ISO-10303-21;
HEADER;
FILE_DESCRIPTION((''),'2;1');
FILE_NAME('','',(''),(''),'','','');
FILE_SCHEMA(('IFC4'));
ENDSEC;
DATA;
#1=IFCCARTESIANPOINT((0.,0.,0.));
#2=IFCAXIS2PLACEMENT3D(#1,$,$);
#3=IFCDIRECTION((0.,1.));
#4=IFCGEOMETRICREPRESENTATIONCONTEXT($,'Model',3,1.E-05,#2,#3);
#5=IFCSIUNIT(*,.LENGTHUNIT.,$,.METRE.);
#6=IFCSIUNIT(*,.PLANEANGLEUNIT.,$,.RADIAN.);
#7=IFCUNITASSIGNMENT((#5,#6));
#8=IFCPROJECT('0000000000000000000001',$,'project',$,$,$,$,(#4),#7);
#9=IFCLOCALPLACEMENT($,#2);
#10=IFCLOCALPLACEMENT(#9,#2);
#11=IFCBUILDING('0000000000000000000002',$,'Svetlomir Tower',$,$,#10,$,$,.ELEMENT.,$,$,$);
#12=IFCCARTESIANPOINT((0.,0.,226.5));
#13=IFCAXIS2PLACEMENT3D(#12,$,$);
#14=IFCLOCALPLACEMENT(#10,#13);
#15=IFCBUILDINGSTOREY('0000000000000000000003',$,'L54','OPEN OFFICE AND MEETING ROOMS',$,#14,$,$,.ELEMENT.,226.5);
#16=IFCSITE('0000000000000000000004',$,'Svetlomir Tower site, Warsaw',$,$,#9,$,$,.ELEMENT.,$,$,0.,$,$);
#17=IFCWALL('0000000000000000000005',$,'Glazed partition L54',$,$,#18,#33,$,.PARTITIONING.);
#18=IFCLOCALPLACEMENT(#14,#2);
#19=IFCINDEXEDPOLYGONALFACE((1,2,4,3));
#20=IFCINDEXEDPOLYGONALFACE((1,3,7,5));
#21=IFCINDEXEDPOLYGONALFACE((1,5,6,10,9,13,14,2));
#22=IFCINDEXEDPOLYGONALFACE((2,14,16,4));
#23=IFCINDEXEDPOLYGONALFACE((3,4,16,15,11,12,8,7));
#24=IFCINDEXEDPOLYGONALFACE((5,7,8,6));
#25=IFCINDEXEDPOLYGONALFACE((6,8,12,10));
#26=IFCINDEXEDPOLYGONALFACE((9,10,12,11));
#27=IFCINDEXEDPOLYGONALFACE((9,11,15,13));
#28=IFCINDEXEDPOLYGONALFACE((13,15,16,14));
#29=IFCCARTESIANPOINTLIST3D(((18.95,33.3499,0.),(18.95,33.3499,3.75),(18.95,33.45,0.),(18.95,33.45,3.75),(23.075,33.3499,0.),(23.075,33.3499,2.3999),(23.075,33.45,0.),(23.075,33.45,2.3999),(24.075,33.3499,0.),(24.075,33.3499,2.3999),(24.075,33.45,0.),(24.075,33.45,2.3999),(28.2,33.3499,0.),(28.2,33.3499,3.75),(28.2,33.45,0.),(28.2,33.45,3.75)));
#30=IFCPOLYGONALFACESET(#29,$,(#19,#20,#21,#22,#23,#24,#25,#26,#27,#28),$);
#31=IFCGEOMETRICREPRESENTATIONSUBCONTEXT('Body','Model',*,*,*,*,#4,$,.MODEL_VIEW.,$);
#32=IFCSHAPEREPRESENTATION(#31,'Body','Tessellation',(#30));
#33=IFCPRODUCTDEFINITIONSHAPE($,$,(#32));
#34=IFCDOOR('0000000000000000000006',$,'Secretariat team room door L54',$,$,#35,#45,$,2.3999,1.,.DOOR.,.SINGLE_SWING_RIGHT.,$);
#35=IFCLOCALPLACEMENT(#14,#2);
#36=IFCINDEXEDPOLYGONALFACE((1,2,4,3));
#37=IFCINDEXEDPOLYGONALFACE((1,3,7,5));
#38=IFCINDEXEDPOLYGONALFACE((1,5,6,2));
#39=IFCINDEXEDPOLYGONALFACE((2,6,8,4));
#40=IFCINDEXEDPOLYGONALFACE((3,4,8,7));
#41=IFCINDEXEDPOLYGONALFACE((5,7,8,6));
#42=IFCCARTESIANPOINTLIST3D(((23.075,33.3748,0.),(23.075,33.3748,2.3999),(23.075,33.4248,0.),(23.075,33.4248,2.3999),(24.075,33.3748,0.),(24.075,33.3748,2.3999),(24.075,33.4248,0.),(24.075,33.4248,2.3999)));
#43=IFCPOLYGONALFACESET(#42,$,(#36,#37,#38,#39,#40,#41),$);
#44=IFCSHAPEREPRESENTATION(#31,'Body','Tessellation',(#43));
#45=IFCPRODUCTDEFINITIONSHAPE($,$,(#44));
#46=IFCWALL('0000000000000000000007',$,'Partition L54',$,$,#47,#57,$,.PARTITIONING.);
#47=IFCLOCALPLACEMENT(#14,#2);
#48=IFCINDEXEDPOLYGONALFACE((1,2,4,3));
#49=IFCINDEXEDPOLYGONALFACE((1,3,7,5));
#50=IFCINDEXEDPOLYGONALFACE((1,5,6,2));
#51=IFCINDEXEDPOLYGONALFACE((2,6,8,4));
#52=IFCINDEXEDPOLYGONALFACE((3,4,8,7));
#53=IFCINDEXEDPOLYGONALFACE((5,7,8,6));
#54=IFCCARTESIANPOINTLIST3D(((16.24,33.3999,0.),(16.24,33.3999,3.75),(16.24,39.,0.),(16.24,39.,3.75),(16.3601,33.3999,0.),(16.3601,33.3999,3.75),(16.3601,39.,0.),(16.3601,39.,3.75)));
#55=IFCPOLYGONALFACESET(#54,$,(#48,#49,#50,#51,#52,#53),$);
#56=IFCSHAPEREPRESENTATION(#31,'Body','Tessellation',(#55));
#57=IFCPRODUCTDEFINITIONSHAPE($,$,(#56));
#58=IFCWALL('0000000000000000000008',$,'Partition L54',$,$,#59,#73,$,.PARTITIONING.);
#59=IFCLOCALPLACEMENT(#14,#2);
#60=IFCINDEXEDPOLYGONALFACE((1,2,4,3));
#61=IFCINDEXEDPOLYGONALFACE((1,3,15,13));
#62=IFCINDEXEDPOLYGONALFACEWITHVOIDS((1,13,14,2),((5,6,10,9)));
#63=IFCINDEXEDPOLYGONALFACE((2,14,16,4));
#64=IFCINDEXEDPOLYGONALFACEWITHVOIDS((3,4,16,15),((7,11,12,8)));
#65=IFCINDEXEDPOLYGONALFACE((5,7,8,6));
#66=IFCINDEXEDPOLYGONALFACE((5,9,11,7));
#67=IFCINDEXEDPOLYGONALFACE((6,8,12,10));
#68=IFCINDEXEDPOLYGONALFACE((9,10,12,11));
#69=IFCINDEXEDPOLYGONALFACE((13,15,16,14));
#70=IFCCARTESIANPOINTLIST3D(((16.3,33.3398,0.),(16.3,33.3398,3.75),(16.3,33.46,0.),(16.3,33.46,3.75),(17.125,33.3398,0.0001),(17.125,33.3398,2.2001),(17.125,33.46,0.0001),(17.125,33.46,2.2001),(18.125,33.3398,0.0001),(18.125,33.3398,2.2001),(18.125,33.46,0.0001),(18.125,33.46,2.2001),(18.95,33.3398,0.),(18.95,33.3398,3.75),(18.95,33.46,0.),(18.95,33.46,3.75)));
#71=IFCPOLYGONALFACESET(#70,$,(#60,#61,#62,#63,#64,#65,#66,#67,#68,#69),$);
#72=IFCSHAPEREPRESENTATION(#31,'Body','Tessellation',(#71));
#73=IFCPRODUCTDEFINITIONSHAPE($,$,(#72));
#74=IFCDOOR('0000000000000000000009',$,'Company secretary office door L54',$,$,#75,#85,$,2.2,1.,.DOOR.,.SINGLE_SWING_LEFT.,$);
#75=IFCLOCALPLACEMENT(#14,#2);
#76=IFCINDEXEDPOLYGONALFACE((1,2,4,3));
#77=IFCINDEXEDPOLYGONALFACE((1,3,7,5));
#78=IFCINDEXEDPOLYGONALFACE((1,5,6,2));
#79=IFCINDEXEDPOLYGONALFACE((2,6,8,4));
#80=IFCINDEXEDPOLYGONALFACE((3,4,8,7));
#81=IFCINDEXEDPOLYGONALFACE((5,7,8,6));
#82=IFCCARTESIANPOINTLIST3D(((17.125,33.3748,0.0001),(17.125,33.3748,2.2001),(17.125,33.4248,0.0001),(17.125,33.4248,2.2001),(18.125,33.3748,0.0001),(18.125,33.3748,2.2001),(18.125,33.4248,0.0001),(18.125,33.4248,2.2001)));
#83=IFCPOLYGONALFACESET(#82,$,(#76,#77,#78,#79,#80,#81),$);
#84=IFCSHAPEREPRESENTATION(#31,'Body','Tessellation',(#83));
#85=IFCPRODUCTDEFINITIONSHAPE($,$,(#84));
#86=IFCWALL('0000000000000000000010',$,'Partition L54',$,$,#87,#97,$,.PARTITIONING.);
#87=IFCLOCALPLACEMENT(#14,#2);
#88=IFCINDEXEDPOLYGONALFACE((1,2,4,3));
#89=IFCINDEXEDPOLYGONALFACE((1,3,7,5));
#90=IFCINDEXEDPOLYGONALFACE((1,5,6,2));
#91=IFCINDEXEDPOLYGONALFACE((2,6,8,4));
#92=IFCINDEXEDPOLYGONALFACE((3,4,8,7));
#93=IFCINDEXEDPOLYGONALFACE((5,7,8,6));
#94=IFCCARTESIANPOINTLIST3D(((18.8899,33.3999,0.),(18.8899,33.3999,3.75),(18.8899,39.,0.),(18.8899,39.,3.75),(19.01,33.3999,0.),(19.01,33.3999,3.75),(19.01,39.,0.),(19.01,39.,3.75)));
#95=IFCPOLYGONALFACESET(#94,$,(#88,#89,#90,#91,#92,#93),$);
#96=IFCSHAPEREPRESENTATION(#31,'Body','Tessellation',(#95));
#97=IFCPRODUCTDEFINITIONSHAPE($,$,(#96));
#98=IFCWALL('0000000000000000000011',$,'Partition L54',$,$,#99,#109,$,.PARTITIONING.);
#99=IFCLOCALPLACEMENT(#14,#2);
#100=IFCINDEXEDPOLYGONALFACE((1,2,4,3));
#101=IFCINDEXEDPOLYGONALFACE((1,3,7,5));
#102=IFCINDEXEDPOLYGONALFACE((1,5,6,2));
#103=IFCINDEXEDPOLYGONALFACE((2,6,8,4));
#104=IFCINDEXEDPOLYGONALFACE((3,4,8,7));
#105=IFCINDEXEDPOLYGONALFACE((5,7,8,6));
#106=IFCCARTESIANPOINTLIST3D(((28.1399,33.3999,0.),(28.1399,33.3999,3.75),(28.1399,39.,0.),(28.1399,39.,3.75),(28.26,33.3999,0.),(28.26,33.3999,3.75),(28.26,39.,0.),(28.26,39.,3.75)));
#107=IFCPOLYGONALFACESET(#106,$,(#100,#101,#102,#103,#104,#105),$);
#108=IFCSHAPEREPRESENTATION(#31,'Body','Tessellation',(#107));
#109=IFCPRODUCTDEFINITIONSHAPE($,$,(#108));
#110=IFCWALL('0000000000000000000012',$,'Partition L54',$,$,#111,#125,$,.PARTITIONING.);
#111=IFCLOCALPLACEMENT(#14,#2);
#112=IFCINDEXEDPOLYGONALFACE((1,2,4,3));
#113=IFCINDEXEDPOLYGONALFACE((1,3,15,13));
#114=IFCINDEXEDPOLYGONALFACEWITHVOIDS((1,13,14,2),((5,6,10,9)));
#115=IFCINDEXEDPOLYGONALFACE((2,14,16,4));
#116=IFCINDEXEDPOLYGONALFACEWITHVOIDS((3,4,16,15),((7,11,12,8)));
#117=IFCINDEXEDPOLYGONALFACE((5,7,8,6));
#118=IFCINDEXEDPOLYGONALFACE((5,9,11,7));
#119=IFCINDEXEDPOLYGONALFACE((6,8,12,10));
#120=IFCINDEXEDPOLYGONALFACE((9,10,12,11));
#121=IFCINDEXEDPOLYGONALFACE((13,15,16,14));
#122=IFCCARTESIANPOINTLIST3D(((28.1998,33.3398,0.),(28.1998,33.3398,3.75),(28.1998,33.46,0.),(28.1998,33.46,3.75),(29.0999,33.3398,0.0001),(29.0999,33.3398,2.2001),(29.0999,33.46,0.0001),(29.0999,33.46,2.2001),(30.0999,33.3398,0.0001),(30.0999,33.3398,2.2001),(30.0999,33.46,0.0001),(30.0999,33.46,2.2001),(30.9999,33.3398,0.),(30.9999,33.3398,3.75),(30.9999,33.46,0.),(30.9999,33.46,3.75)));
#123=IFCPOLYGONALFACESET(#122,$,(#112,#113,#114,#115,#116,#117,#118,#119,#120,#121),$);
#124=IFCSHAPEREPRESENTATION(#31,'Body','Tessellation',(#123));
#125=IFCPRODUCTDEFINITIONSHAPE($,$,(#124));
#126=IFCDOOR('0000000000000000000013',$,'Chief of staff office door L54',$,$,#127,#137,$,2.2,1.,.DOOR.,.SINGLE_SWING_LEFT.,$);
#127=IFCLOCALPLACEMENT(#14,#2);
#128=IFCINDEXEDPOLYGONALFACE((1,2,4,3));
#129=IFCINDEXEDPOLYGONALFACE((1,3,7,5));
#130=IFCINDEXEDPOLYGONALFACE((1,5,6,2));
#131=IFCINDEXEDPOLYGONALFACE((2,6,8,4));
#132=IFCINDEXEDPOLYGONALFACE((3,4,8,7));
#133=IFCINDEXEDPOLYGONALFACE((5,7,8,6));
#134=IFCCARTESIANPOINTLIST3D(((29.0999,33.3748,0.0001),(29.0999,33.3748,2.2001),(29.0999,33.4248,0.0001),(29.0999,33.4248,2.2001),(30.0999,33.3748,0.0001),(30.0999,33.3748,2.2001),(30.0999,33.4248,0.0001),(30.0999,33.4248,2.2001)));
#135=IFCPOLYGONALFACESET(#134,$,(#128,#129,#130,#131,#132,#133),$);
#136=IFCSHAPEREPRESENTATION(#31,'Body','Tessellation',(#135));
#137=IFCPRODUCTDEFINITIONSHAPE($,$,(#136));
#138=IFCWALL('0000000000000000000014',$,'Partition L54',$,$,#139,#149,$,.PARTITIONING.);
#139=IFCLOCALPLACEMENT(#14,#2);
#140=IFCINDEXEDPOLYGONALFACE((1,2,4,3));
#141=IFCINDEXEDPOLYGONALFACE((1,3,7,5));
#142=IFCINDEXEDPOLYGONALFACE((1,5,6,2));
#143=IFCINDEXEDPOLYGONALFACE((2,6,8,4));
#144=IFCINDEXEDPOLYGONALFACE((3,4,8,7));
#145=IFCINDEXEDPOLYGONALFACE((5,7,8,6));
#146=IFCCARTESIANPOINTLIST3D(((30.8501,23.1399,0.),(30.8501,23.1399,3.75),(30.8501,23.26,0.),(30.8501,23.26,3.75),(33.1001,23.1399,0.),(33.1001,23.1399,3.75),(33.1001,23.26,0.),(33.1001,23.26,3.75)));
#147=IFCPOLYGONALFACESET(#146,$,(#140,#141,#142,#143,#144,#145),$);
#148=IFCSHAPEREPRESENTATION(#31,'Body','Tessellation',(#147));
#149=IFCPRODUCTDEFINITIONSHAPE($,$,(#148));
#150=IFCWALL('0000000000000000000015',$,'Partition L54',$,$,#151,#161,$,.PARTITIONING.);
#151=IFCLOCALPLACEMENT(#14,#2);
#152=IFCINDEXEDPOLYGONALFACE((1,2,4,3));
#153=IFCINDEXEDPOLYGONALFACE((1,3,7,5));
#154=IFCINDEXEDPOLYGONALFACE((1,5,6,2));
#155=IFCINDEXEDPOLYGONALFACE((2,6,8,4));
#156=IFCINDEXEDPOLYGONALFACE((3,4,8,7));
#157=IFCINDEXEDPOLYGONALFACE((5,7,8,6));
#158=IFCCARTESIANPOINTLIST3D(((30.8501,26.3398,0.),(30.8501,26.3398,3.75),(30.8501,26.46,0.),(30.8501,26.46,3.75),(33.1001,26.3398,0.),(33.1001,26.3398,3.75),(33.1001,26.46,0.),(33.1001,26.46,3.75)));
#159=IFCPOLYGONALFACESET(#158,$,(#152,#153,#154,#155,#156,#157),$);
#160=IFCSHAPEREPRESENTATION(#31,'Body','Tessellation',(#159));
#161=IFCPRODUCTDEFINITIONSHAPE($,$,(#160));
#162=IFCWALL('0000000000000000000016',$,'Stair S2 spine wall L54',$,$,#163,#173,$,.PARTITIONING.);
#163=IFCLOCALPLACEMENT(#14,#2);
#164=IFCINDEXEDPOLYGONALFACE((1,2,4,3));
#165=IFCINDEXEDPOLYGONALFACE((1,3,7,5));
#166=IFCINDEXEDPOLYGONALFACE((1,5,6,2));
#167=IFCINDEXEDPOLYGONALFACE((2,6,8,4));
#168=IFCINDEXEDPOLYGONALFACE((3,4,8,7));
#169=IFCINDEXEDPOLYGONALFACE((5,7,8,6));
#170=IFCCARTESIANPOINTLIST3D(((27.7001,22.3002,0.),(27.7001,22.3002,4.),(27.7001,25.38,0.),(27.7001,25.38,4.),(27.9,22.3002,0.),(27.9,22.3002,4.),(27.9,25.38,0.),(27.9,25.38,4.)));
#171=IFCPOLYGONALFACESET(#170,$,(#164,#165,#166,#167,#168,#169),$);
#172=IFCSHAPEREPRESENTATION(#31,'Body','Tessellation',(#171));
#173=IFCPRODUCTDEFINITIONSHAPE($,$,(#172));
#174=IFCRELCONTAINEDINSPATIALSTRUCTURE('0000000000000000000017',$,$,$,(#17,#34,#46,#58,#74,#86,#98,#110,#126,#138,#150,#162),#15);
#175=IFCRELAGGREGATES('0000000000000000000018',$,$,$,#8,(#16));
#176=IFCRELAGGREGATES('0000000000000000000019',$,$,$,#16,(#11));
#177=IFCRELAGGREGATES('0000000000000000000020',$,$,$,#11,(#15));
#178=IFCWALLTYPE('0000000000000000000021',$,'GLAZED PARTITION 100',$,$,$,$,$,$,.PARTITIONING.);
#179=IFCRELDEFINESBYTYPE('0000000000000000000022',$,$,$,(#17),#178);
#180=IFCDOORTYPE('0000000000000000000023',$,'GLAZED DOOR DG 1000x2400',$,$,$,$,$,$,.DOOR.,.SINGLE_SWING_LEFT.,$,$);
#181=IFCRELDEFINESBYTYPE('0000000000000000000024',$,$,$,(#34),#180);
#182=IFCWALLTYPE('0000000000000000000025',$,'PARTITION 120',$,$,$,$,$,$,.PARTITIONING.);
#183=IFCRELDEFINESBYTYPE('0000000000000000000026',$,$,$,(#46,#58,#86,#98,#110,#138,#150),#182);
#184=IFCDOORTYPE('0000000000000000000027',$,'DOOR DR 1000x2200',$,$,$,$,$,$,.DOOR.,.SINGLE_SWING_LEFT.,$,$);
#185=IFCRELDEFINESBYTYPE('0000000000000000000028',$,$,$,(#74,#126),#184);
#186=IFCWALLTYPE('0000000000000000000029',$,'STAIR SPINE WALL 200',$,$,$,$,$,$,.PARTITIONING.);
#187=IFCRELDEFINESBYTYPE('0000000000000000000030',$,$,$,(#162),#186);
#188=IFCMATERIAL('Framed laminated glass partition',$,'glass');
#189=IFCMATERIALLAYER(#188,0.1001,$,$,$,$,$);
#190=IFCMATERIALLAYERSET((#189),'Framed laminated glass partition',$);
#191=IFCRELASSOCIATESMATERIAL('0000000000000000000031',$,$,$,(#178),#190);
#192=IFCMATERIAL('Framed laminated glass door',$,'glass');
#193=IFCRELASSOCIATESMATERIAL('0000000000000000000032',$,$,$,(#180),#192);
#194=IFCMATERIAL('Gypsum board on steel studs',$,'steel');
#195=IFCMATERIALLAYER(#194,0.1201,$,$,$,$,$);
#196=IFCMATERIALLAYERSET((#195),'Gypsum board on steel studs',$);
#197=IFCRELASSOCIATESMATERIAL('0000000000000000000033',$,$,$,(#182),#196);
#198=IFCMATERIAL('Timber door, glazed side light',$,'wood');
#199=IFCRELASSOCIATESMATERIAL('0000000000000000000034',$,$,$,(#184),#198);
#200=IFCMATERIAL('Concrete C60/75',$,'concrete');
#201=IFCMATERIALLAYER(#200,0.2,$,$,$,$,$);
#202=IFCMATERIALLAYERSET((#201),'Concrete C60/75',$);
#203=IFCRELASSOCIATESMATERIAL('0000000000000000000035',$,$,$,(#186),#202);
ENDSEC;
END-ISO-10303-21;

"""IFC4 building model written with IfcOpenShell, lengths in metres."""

from ifc_helpers import new_model, si_unit, direction, frame, frame_2d, origin, place, context, subcontext, project, spatial, rectangle, extrude, material, layer, layer_set, type_object, element, fill, save


model = new_model("IFC4")

# Units and contexts
model_context = context("Model", 3, precision=1e-05, world=origin(), true_north=direction((0.0, 1.0)))
body_context = subcontext(model_context, "Body", "Model", "MODEL_VIEW")
ifc_project = project(units=[si_unit("LENGTHUNIT", "METRE"), si_unit("PLANEANGLEUNIT", "RADIAN")], contexts=[model_context])

# Site, building, storey
site_placement = place(None, origin())
site = spatial("IfcSite", under=ifc_project, at=site_placement, Name="Svetlomir Tower site, Warsaw", CompositionType="ELEMENT", RefElevation=0.0)
building_placement = place(site_placement, origin())
building = spatial("IfcBuilding", under=site, at=building_placement, Name="Svetlomir Tower", CompositionType="ELEMENT")
storey_placement = place(building_placement, frame((0.0, 0.0, 226.5)))
storey = spatial("IfcBuildingStorey", under=building, at=storey_placement, Name="L54", Description="OPEN OFFICE AND MEETING ROOMS", CompositionType="ELEMENT", Elevation=226.5)

# Wall, opening, door
ifc_material_1 = material(Name="Framed laminated glass partition", Category="glass")
ifc_layer_1 = layer(ifc_material_1, 0.1001)
ifc_layer_set_1 = layer_set([ifc_layer_1], Name="Framed laminated glass partition")
wall_type_1 = type_object("IfcWallType", Name="GLAZED PARTITION 100", PredefinedType="PARTITIONING", material=ifc_layer_set_1)
wall_1_placement = place(storey_placement, frame((18.95, 33.3999, 0.0), z_axis=(0.0, 0.0, 1.0), x_axis=(1.0, 0.0, 0.0)))
wall_1 = element("IfcWall", 1, at=wall_1_placement, inside=storey, type_object=wall_type_1, Name="Glazed partition L54", PredefinedType="PARTITIONING", context=body_context, shape_type="SweptSolid", body=[
    extrude(rectangle(XDim=9.25, YDim=0.1001, at=frame_2d((4.625, 0.0))), origin(), (0.0, 0.0, 1.0), 3.75),
])
opening_1_placement = place(wall_1_placement, frame((4.125, 0.0, 0.0)))
opening_1 = element("IfcOpeningElement", 2, at=opening_1_placement, cuts=wall_1, PredefinedType="OPENING", context=body_context, shape_type="SweptSolid", body=[
    extrude(rectangle(XDim=1.0, YDim=2.3999, at=frame_2d((0.5, 1.2))), frame((0.0, 0.0601, 0.0), z_axis=(0.0, -1.0, 0.0), x_axis=(1.0, 0.0, 0.0)), (0.0, 0.0, 1.0), 0.1201),
])
ifc_material_2 = material(Name="Framed laminated glass door", Category="glass")
door_type_1 = type_object("IfcDoorType", Name="GLAZED DOOR DG 1000x2400", OperationType="SINGLE_SWING_LEFT", PredefinedType="DOOR", material=ifc_material_2)
door_1_placement = place(opening_1_placement, origin())
door_1 = element("IfcDoor", 3, at=door_1_placement, inside=storey, type_object=door_type_1, Name="Secretariat team room door L54", OperationType="SINGLE_SWING_RIGHT", OverallHeight=2.3999, OverallWidth=1.0, PredefinedType="DOOR", context=body_context, shape_type="SweptSolid", body=[
    extrude(rectangle(XDim=1.0, YDim=2.3999, at=frame_2d((0.5, 1.2))), frame((0.0, 0.0249, 0.0), z_axis=(0.0, -1.0, 0.0), x_axis=(1.0, 0.0, 0.0)), (0.0, 0.0, 1.0), 0.05),
])
fill(opening_1, door_1)

# Wall
ifc_material_3 = material(Name="Gypsum board on steel studs", Category="steel")
ifc_layer_2 = layer(ifc_material_3, 0.1201)
ifc_layer_set_2 = layer_set([ifc_layer_2], Name="Gypsum board on steel studs")
wall_type_2 = type_object("IfcWallType", Name="PARTITION 120", PredefinedType="PARTITIONING", material=ifc_layer_set_2)
wall_2_placement = place(storey_placement, frame((16.3, 33.3999, 0.0), z_axis=(0.0, 0.0, 1.0), x_axis=(0.0, 1.0, 0.0)))
element("IfcWall", 4, at=wall_2_placement, inside=storey, type_object=wall_type_2, Name="Partition L54", PredefinedType="PARTITIONING", context=body_context, shape_type="SweptSolid", body=[
    extrude(rectangle(XDim=5.6001, YDim=0.1201, at=frame_2d((2.8, 0.0))), origin(), (0.0, 0.0, 1.0), 3.75),
])

# Wall, opening, door
wall_3_placement = place(storey_placement, frame((16.3, 33.3999, 0.0), z_axis=(0.0, 0.0, 1.0), x_axis=(1.0, 0.0, 0.0)))
wall_3 = element("IfcWall", 5, at=wall_3_placement, inside=storey, type_object=wall_type_2, Name="Partition L54", PredefinedType="PARTITIONING", context=body_context, shape_type="SweptSolid", body=[
    extrude(rectangle(XDim=2.6499, YDim=0.1201, at=frame_2d((1.325, 0.0))), origin(), (0.0, 0.0, 1.0), 3.75),
])
opening_2_placement = place(wall_3_placement, frame((0.825, 0.0, 0.0)))
opening_2 = element("IfcOpeningElement", 6, at=opening_2_placement, cuts=wall_3, PredefinedType="OPENING", context=body_context, shape_type="SweptSolid", body=[
    extrude(rectangle(XDim=1.0, YDim=2.2, at=frame_2d((0.5, 1.1001))), frame((0.0, 0.0701, 0.0), z_axis=(0.0, -1.0, 0.0), x_axis=(1.0, 0.0, 0.0)), (0.0, 0.0, 1.0), 0.1401),
])
ifc_material_4 = material(Name="Timber door, glazed side light", Category="wood")
door_type_2 = type_object("IfcDoorType", Name="DOOR DR 1000x2200", OperationType="SINGLE_SWING_LEFT", PredefinedType="DOOR", material=ifc_material_4)
door_2_placement = place(opening_2_placement, origin())
door_2 = element("IfcDoor", 7, at=door_2_placement, inside=storey, type_object=door_type_2, Name="Company secretary office door L54", OperationType="SINGLE_SWING_LEFT", OverallHeight=2.2, OverallWidth=1.0, PredefinedType="DOOR", context=body_context, shape_type="SweptSolid", body=[
    extrude(rectangle(XDim=1.0, YDim=2.2, at=frame_2d((0.5, 1.1001))), frame((0.0, 0.0249, 0.0), z_axis=(0.0, -1.0, 0.0), x_axis=(1.0, 0.0, 0.0)), (0.0, 0.0, 1.0), 0.05),
])
fill(opening_2, door_2)

# Walls
for number, where, z_axis, x_axis, name in (
    (8, (18.95, 33.3999, 0.0), (0.0, 0.0, 1.0), (0.0, 1.0, 0.0), "Partition L54"),
    (9, (28.2, 33.3999, 0.0), (0.0, 0.0, 1.0), (0.0, 1.0, 0.0), "Partition L54"),
):
    element("IfcWall", number, at=place(storey_placement, frame(where, z_axis=z_axis, x_axis=x_axis)), inside=storey, type_object=wall_type_2, Name=name, PredefinedType="PARTITIONING", context=body_context, shape_type="SweptSolid", body=[
        extrude(rectangle(XDim=5.6001, YDim=0.1201, at=frame_2d((2.8, 0.0))), origin(), (0.0, 0.0, 1.0), 3.75),
    ])

# Wall, opening, door
wall_4_placement = place(storey_placement, frame((28.2, 33.3999, 0.0), z_axis=(0.0, 0.0, 1.0), x_axis=(1.0, 0.0, 0.0)))
wall_4 = element("IfcWall", 10, at=wall_4_placement, inside=storey, type_object=wall_type_2, Name="Partition L54", PredefinedType="PARTITIONING", context=body_context, shape_type="SweptSolid", body=[
    extrude(rectangle(XDim=2.8, YDim=0.1201, at=frame_2d((1.3999, 0.0))), origin(), (0.0, 0.0, 1.0), 3.75),
])
opening_3_placement = place(wall_4_placement, frame((0.8999, 0.0, 0.0)))
opening_3 = element("IfcOpeningElement", 11, at=opening_3_placement, cuts=wall_4, PredefinedType="OPENING", context=body_context, shape_type="SweptSolid", body=[
    extrude(rectangle(XDim=1.0, YDim=2.2, at=frame_2d((0.5, 1.1001))), frame((0.0, 0.0701, 0.0), z_axis=(0.0, -1.0, 0.0), x_axis=(1.0, 0.0, 0.0)), (0.0, 0.0, 1.0), 0.1401),
])
door_3_placement = place(opening_3_placement, origin())
door_3 = element("IfcDoor", 12, at=door_3_placement, inside=storey, type_object=door_type_2, Name="Chief of staff office door L54", OperationType="SINGLE_SWING_LEFT", OverallHeight=2.2, OverallWidth=1.0, PredefinedType="DOOR", context=body_context, shape_type="SweptSolid", body=[
    extrude(rectangle(XDim=1.0, YDim=2.2, at=frame_2d((0.5, 1.1001))), frame((0.0, 0.0249, 0.0), z_axis=(0.0, -1.0, 0.0), x_axis=(1.0, 0.0, 0.0)), (0.0, 0.0, 1.0), 0.05),
])
fill(opening_3, door_3)

# Walls
for number, where, z_axis, x_axis, name in (
    (13, (30.8501, 23.2, 0.0), (0.0, 0.0, 1.0), (1.0, 0.0, 0.0), "Partition L54"),
    (14, (30.8501, 26.3999, 0.0), (0.0, 0.0, 1.0), (1.0, 0.0, 0.0), "Partition L54"),
):
    element("IfcWall", number, at=place(storey_placement, frame(where, z_axis=z_axis, x_axis=x_axis)), inside=storey, type_object=wall_type_2, Name=name, PredefinedType="PARTITIONING", context=body_context, shape_type="SweptSolid", body=[
        extrude(rectangle(XDim=2.25, YDim=0.1201, at=frame_2d((1.125, 0.0))), origin(), (0.0, 0.0, 1.0), 3.75),
    ])
ifc_material_5 = material(Name="Concrete C60/75", Category="concrete")
ifc_layer_3 = layer(ifc_material_5, 0.2)
ifc_layer_set_3 = layer_set([ifc_layer_3], Name="Concrete C60/75")
wall_type_3 = type_object("IfcWallType", Name="STAIR SPINE WALL 200", PredefinedType="PARTITIONING", material=ifc_layer_set_3)
wall_5_placement = place(storey_placement, frame((27.8, 22.3, 0.0), z_axis=(0.0, 0.0, 1.0), x_axis=(0.0, 1.0, 0.0)))
element("IfcWall", 15, at=wall_5_placement, inside=storey, type_object=wall_type_3, Name="Stair S2 spine wall L54", PredefinedType="PARTITIONING", context=body_context, shape_type="SweptSolid", body=[
    extrude(rectangle(XDim=3.0798, YDim=0.2, at=frame_2d((1.54, 0.0))), origin(), (0.0, 0.0, 1.0), 4.0),
])

save(model, "model.ifc")
